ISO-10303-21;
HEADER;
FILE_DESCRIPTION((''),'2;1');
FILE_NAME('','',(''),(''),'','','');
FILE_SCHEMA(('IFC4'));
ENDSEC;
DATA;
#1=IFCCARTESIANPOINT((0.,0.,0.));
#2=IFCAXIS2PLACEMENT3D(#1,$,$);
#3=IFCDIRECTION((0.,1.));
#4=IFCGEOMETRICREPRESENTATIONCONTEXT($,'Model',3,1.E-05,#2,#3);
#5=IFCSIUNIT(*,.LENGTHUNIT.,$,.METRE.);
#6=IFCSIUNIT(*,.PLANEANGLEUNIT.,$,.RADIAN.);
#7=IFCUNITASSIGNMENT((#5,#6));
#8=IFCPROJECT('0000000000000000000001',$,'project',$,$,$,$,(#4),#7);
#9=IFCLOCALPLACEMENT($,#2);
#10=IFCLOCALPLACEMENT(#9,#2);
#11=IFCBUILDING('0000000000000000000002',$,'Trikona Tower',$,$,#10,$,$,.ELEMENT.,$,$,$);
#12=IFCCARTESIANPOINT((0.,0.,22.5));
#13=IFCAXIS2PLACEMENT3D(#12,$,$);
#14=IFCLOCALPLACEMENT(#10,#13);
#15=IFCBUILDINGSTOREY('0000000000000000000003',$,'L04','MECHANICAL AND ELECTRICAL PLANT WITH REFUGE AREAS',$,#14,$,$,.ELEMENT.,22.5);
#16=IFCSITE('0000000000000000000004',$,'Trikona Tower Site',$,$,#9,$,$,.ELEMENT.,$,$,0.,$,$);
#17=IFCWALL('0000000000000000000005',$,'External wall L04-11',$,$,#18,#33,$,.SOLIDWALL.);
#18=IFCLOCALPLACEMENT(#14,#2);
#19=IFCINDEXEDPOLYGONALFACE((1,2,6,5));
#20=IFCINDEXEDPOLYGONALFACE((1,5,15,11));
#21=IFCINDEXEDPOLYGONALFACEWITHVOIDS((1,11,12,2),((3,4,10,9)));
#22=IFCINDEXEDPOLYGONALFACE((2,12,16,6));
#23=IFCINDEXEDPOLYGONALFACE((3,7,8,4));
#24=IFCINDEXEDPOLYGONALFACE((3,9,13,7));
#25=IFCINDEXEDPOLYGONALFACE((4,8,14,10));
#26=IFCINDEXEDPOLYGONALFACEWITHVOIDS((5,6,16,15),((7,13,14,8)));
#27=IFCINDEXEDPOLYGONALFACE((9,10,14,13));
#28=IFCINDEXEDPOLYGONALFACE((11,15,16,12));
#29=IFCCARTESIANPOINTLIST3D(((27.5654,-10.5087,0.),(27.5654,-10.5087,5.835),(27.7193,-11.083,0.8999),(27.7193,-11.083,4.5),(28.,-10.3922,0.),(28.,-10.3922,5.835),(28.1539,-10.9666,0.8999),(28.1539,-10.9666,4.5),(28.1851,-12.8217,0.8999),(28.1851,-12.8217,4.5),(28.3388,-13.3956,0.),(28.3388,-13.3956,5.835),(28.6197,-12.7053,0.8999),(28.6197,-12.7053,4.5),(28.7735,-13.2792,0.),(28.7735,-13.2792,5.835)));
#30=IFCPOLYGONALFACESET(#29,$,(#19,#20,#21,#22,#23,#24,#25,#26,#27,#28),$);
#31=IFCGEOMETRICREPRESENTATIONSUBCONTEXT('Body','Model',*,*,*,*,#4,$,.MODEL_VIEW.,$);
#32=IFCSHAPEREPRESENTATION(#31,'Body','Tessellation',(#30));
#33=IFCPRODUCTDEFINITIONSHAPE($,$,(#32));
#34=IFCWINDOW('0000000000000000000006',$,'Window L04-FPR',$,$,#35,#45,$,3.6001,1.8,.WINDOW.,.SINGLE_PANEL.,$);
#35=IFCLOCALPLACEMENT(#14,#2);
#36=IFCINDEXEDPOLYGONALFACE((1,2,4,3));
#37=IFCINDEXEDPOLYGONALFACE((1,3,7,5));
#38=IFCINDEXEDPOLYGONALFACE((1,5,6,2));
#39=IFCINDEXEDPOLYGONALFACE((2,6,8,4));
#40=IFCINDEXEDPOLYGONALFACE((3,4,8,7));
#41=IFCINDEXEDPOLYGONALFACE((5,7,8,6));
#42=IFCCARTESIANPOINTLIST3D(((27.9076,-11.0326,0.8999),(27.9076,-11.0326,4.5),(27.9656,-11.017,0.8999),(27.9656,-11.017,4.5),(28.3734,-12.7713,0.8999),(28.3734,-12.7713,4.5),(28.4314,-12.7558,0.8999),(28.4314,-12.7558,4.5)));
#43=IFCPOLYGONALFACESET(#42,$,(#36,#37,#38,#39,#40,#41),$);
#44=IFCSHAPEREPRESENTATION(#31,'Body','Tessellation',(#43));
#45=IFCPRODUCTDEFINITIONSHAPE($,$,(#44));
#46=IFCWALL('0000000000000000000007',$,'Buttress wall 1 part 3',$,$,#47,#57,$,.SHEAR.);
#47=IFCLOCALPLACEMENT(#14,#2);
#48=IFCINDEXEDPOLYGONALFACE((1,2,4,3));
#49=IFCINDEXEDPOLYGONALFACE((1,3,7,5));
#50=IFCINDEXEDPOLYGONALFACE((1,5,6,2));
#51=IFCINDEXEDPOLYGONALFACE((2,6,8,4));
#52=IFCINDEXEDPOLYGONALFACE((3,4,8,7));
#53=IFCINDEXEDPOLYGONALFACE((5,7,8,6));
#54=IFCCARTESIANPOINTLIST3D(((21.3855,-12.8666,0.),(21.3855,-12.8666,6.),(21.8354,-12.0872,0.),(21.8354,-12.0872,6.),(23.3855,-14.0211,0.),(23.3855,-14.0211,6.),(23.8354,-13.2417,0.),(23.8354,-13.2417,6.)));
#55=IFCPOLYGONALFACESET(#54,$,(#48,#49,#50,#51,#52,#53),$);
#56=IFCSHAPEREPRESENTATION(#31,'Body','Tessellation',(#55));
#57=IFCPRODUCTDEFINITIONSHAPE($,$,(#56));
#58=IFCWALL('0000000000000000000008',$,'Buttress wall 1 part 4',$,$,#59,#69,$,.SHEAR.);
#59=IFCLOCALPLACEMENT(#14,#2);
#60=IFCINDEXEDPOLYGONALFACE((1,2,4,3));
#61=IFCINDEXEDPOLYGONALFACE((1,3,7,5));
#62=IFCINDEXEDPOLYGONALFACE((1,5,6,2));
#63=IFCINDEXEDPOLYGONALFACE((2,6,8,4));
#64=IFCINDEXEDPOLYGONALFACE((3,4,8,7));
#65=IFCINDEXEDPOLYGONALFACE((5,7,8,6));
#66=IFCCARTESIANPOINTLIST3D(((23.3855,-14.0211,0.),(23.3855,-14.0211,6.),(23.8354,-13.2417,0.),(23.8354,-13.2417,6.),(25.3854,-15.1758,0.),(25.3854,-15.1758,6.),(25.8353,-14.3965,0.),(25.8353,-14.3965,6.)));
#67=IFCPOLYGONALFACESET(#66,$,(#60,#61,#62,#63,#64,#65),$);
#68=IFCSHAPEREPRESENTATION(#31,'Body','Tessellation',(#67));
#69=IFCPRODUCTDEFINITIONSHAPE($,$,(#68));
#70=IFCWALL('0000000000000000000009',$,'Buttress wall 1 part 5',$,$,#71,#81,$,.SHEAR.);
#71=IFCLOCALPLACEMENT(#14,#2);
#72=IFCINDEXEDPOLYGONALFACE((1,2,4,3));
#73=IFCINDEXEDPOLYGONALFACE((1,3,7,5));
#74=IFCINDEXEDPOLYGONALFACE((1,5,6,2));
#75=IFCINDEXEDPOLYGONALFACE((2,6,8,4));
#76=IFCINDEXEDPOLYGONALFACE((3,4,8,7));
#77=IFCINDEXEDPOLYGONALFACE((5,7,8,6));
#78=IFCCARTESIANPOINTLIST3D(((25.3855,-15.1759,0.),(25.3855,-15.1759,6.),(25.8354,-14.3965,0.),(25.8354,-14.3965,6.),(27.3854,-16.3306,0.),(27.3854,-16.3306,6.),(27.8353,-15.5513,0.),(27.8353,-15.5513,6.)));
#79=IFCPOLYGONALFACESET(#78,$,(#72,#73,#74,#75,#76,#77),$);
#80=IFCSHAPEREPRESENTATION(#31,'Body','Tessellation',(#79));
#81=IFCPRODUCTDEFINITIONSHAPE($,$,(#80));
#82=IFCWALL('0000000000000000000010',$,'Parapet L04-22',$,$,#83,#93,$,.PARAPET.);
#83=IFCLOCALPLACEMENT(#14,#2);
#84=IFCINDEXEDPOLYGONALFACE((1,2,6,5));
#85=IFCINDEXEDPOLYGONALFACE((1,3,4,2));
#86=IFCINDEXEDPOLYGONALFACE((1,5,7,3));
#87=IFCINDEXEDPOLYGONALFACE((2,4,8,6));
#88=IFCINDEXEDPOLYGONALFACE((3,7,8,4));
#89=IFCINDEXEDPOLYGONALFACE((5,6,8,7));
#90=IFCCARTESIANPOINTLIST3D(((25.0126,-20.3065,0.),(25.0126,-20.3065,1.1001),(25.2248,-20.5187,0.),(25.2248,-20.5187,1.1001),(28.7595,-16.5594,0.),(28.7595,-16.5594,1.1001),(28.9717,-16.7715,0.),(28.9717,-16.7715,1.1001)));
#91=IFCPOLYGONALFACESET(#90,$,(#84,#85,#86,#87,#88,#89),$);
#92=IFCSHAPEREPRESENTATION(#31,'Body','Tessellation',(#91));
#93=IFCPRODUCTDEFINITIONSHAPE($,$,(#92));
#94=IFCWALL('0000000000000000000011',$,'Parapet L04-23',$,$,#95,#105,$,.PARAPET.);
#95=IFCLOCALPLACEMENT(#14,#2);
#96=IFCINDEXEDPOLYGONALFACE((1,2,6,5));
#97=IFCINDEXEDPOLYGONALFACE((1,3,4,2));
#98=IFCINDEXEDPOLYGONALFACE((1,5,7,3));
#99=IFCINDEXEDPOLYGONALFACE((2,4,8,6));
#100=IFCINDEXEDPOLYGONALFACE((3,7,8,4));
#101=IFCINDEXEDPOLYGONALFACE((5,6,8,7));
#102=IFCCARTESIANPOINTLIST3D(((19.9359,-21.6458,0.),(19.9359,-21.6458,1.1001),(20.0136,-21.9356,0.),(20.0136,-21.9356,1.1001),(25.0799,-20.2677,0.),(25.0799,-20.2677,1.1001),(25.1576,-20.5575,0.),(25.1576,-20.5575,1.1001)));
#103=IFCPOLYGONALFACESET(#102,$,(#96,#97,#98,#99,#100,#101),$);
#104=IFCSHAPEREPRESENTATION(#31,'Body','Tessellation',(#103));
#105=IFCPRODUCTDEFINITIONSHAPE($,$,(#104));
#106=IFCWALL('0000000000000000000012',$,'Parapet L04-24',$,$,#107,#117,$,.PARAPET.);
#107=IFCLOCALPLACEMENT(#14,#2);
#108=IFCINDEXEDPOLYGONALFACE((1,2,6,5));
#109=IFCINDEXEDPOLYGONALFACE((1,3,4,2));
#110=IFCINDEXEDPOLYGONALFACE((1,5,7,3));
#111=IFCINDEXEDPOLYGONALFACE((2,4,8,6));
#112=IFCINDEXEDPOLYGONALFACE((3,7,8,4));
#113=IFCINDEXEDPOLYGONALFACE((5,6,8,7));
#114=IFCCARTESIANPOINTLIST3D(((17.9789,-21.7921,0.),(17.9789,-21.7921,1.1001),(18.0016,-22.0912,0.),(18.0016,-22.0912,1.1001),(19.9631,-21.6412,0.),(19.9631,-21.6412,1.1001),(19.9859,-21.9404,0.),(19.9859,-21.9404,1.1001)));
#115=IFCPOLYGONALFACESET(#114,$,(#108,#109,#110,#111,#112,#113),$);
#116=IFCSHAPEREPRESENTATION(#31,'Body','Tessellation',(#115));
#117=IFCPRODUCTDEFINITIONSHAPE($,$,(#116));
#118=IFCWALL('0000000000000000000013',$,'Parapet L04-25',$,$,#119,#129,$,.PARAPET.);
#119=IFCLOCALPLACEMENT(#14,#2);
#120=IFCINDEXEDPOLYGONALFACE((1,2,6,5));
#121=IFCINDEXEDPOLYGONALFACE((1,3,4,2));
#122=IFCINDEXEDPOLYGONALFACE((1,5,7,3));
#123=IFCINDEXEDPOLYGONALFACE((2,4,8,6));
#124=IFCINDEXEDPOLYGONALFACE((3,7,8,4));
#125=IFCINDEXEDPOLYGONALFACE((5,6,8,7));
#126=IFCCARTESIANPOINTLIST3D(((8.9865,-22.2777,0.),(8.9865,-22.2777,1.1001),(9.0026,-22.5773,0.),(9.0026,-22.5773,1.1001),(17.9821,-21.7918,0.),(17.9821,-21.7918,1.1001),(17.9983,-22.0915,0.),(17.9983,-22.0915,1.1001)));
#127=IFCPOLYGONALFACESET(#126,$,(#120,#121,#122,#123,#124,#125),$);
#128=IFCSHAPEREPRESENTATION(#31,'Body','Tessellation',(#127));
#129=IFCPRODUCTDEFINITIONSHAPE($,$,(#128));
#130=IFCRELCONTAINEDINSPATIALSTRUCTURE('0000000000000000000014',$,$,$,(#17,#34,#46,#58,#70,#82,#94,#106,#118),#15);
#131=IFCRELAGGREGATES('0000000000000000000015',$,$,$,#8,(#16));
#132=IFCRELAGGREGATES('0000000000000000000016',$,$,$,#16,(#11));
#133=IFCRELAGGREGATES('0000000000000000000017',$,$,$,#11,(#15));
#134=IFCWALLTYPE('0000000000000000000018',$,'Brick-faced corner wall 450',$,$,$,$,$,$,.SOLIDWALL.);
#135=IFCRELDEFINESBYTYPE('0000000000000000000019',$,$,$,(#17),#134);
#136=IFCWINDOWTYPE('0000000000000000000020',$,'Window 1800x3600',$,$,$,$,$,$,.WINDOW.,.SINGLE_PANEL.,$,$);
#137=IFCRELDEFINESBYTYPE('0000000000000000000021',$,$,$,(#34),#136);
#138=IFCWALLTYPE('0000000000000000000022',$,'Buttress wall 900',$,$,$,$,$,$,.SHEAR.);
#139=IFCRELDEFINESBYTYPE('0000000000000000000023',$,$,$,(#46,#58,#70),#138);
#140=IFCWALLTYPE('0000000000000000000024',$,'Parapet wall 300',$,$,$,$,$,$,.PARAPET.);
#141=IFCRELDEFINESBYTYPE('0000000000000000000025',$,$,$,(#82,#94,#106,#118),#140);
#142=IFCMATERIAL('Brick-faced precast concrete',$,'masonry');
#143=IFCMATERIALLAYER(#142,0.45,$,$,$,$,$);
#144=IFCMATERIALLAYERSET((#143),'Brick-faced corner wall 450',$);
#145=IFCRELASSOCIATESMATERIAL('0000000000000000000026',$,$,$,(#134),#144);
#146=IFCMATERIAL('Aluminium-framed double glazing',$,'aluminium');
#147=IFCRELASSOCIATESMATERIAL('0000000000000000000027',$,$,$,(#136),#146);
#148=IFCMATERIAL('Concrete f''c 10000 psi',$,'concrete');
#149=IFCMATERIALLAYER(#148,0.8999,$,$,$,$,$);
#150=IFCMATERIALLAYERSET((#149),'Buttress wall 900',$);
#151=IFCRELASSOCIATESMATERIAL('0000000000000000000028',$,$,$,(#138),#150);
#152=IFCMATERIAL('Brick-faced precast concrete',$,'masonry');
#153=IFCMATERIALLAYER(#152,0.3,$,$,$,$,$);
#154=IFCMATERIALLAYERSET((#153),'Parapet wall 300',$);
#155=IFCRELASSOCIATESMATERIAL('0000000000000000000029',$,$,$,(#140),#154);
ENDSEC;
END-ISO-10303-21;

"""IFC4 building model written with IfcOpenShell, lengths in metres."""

from ifc_helpers import new_model, si_unit, direction, frame, frame_2d, origin, place, context, subcontext, project, spatial, rectangle, extrude, material, layer, layer_set, type_object, element, fill, save


model = new_model("IFC4")

# Units and contexts
model_context = context("Model", 3, precision=1e-05, world=origin(), true_north=direction((0.0, 1.0)))
body_context = subcontext(model_context, "Body", "Model", "MODEL_VIEW")
ifc_project = project(units=[si_unit("LENGTHUNIT", "METRE"), si_unit("PLANEANGLEUNIT", "RADIAN")], contexts=[model_context])

# Site, building, storey
site_placement = place(None, origin())
site = spatial("IfcSite", under=ifc_project, at=site_placement, Name="Trikona Tower Site", CompositionType="ELEMENT", RefElevation=0.0)
building_placement = place(site_placement, origin())
building = spatial("IfcBuilding", under=site, at=building_placement, Name="Trikona Tower", CompositionType="ELEMENT")
storey_placement = place(building_placement, frame((0.0, 0.0, 22.5)))
storey = spatial("IfcBuildingStorey", under=building, at=storey_placement, Name="L04", Description="MECHANICAL AND ELECTRICAL PLANT WITH REFUGE AREAS", CompositionType="ELEMENT", Elevation=22.5)

# Wall, opening, window
ifc_material_1 = material(Name="Brick-faced precast concrete", Category="masonry")
ifc_layer_1 = layer(ifc_material_1, 0.45)
ifc_layer_set_1 = layer_set([ifc_layer_1], Name="Brick-faced corner wall 450")
wall_type_1 = type_object("IfcWallType", Name="Brick-faced corner wall 450", PredefinedType="SOLIDWALL", material=ifc_layer_set_1)
ifc_material_2 = material(Name="Aluminium-framed double glazing", Category="aluminium")
window_type_1 = type_object("IfcWindowType", Name="Window 1800x3600", PartitioningType="SINGLE_PANEL", PredefinedType="WINDOW", material=ifc_material_2)
wall_1_placement = place(storey_placement, frame((28.5562, -13.3374, 0.0), z_axis=(0.0, 0.0, 1.0), x_axis=(-0.258781, 0.965936, 0.0)))
wall_1 = element("IfcWall", 1, at=wall_1_placement, inside=storey, type_object=wall_type_1, Name="External wall L04-11", PredefinedType="SOLIDWALL", context=body_context, shape_type="SweptSolid", body=[
    extrude(rectangle(XDim=2.9888, YDim=0.45, at=frame_2d((1.4944, 0.0))), origin(), (0.0, 0.0, 1.0), 5.835),
])
opening_1_placement = place(wall_1_placement, frame((0.5942, 0.0, 0.8999)))
opening_1 = element("IfcOpeningElement", 2, at=opening_1_placement, cuts=wall_1, PredefinedType="OPENING", context=body_context, shape_type="SweptSolid", body=[
    extrude(rectangle(XDim=1.8, YDim=3.6001, at=frame_2d((0.8999, 1.8))), frame((0.0, 0.2349, 0.0), z_axis=(0.0, -1.0, 0.0), x_axis=(1.0, 0.0, 0.0)), (0.0, 0.0, 1.0), 0.47),
])
window_1_placement = place(opening_1_placement, origin())
window_1 = element("IfcWindow", 3, at=window_1_placement, inside=storey, type_object=window_type_1, Name="Window L04-FPR", OverallHeight=3.6001, OverallWidth=1.8, PartitioningType="SINGLE_PANEL", PredefinedType="WINDOW", context=body_context, shape_type="SweptSolid", body=[
    extrude(rectangle(XDim=1.8, YDim=3.6001, at=frame_2d((0.8999, 1.8))), frame((0.0, 0.03, 0.0), z_axis=(0.0, -1.0, 0.0), x_axis=(1.0, 0.0, 0.0)), (0.0, 0.0, 1.0), 0.0601),
])
fill(opening_1, window_1)

# Walls
ifc_material_3 = material(Name="Concrete f'c 10000 psi", Category="concrete")
ifc_layer_2 = layer(ifc_material_3, 0.8999)
ifc_layer_set_2 = layer_set([ifc_layer_2], Name="Buttress wall 900")
wall_type_2 = type_object("IfcWallType", Name="Buttress wall 900", PredefinedType="SHEAR", material=ifc_layer_set_2)
for number, where, z_axis, x_axis, name in (
    (4, (21.6104, -12.4768, 0.0), (0.0, 0.0, 1.0), (0.866055, -0.499948, 0.0), "Buttress wall 1 part 3"),
    (5, (23.6104, -13.6313, 0.0), (0.0, 0.0, 1.0), (0.86601, -0.500027, 0.0), "Buttress wall 1 part 4"),
    (6, (25.6104, -14.7861, 0.0), (0.0, 0.0, 1.0), (0.86601, -0.500027, 0.0), "Buttress wall 1 part 5"),
):
    element("IfcWall", number, at=place(storey_placement, frame(where, z_axis=z_axis, x_axis=x_axis)), inside=storey, type_object=wall_type_2, Name=name, PredefinedType="SHEAR", context=body_context, shape_type="SweptSolid", body=[
        extrude(rectangle(XDim=2.3093, YDim=0.8999, at=frame_2d((1.1548, 0.0))), origin(), (0.0, 0.0, 1.0), 6.0),
    ])
ifc_material_4 = material(Name="Brick-faced precast concrete", Category="masonry")
ifc_layer_3 = layer(ifc_material_4, 0.3)
ifc_layer_set_3 = layer_set([ifc_layer_3], Name="Parapet wall 300")
wall_type_3 = type_object("IfcWallType", Name="Parapet wall 300", PredefinedType="PARAPET", material=ifc_layer_set_3)
wall_2_placement = place(storey_placement, frame((28.8655, -16.6655, 0.0), z_axis=(0.0, 0.0, 1.0), x_axis=(-0.707084, -0.70713, 0.0)))
element("IfcWall", 7, at=wall_2_placement, inside=storey, type_object=wall_type_3, Name="Parapet L04-22", PredefinedType="PARAPET", context=body_context, shape_type="SweptSolid", body=[
    extrude(rectangle(XDim=5.2991, YDim=0.3, at=frame_2d((2.6494, 0.0))), origin(), (0.0, 0.0, 1.0), 1.1001),
])
wall_3_placement = place(storey_placement, frame((25.1187, -20.4126, 0.0), z_axis=(0.0, 0.0, 1.0), x_axis=(-0.965934, -0.25879, 0.0)))
element("IfcWall", 8, at=wall_3_placement, inside=storey, type_object=wall_type_3, Name="Parapet L04-23", PredefinedType="PARAPET", context=body_context, shape_type="SweptSolid", body=[
    extrude(rectangle(XDim=5.3254, YDim=0.3, at=frame_2d((2.6626, 0.0))), origin(), (0.0, 0.0, 1.0), 1.1001),
])
wall_4_placement = place(storey_placement, frame((19.9746, -21.7908, 0.0), z_axis=(0.0, 0.0, 1.0), x_axis=(-0.997122, -0.075815, 0.0)))
element("IfcWall", 9, at=wall_4_placement, inside=storey, type_object=wall_type_3, Name="Parapet L04-24", PredefinedType="PARAPET", context=body_context, shape_type="SweptSolid", body=[
    extrude(rectangle(XDim=1.99, YDim=0.3, at=frame_2d((0.9951, 0.0))), origin(), (0.0, 0.0, 1.0), 1.1001),
])
wall_5_placement = place(storey_placement, frame((17.9902, -21.9417, 0.0), z_axis=(0.0, 0.0, 1.0), x_axis=(-0.998545, -0.05393, 0.0)))
element("IfcWall", 10, at=wall_5_placement, inside=storey, type_object=wall_type_3, Name="Parapet L04-25", PredefinedType="PARAPET", context=body_context, shape_type="SweptSolid", body=[
    extrude(rectangle(XDim=9.0088, YDim=0.3, at=frame_2d((4.5044, 0.0))), origin(), (0.0, 0.0, 1.0), 1.1001),
])

save(model, "model.ifc")
